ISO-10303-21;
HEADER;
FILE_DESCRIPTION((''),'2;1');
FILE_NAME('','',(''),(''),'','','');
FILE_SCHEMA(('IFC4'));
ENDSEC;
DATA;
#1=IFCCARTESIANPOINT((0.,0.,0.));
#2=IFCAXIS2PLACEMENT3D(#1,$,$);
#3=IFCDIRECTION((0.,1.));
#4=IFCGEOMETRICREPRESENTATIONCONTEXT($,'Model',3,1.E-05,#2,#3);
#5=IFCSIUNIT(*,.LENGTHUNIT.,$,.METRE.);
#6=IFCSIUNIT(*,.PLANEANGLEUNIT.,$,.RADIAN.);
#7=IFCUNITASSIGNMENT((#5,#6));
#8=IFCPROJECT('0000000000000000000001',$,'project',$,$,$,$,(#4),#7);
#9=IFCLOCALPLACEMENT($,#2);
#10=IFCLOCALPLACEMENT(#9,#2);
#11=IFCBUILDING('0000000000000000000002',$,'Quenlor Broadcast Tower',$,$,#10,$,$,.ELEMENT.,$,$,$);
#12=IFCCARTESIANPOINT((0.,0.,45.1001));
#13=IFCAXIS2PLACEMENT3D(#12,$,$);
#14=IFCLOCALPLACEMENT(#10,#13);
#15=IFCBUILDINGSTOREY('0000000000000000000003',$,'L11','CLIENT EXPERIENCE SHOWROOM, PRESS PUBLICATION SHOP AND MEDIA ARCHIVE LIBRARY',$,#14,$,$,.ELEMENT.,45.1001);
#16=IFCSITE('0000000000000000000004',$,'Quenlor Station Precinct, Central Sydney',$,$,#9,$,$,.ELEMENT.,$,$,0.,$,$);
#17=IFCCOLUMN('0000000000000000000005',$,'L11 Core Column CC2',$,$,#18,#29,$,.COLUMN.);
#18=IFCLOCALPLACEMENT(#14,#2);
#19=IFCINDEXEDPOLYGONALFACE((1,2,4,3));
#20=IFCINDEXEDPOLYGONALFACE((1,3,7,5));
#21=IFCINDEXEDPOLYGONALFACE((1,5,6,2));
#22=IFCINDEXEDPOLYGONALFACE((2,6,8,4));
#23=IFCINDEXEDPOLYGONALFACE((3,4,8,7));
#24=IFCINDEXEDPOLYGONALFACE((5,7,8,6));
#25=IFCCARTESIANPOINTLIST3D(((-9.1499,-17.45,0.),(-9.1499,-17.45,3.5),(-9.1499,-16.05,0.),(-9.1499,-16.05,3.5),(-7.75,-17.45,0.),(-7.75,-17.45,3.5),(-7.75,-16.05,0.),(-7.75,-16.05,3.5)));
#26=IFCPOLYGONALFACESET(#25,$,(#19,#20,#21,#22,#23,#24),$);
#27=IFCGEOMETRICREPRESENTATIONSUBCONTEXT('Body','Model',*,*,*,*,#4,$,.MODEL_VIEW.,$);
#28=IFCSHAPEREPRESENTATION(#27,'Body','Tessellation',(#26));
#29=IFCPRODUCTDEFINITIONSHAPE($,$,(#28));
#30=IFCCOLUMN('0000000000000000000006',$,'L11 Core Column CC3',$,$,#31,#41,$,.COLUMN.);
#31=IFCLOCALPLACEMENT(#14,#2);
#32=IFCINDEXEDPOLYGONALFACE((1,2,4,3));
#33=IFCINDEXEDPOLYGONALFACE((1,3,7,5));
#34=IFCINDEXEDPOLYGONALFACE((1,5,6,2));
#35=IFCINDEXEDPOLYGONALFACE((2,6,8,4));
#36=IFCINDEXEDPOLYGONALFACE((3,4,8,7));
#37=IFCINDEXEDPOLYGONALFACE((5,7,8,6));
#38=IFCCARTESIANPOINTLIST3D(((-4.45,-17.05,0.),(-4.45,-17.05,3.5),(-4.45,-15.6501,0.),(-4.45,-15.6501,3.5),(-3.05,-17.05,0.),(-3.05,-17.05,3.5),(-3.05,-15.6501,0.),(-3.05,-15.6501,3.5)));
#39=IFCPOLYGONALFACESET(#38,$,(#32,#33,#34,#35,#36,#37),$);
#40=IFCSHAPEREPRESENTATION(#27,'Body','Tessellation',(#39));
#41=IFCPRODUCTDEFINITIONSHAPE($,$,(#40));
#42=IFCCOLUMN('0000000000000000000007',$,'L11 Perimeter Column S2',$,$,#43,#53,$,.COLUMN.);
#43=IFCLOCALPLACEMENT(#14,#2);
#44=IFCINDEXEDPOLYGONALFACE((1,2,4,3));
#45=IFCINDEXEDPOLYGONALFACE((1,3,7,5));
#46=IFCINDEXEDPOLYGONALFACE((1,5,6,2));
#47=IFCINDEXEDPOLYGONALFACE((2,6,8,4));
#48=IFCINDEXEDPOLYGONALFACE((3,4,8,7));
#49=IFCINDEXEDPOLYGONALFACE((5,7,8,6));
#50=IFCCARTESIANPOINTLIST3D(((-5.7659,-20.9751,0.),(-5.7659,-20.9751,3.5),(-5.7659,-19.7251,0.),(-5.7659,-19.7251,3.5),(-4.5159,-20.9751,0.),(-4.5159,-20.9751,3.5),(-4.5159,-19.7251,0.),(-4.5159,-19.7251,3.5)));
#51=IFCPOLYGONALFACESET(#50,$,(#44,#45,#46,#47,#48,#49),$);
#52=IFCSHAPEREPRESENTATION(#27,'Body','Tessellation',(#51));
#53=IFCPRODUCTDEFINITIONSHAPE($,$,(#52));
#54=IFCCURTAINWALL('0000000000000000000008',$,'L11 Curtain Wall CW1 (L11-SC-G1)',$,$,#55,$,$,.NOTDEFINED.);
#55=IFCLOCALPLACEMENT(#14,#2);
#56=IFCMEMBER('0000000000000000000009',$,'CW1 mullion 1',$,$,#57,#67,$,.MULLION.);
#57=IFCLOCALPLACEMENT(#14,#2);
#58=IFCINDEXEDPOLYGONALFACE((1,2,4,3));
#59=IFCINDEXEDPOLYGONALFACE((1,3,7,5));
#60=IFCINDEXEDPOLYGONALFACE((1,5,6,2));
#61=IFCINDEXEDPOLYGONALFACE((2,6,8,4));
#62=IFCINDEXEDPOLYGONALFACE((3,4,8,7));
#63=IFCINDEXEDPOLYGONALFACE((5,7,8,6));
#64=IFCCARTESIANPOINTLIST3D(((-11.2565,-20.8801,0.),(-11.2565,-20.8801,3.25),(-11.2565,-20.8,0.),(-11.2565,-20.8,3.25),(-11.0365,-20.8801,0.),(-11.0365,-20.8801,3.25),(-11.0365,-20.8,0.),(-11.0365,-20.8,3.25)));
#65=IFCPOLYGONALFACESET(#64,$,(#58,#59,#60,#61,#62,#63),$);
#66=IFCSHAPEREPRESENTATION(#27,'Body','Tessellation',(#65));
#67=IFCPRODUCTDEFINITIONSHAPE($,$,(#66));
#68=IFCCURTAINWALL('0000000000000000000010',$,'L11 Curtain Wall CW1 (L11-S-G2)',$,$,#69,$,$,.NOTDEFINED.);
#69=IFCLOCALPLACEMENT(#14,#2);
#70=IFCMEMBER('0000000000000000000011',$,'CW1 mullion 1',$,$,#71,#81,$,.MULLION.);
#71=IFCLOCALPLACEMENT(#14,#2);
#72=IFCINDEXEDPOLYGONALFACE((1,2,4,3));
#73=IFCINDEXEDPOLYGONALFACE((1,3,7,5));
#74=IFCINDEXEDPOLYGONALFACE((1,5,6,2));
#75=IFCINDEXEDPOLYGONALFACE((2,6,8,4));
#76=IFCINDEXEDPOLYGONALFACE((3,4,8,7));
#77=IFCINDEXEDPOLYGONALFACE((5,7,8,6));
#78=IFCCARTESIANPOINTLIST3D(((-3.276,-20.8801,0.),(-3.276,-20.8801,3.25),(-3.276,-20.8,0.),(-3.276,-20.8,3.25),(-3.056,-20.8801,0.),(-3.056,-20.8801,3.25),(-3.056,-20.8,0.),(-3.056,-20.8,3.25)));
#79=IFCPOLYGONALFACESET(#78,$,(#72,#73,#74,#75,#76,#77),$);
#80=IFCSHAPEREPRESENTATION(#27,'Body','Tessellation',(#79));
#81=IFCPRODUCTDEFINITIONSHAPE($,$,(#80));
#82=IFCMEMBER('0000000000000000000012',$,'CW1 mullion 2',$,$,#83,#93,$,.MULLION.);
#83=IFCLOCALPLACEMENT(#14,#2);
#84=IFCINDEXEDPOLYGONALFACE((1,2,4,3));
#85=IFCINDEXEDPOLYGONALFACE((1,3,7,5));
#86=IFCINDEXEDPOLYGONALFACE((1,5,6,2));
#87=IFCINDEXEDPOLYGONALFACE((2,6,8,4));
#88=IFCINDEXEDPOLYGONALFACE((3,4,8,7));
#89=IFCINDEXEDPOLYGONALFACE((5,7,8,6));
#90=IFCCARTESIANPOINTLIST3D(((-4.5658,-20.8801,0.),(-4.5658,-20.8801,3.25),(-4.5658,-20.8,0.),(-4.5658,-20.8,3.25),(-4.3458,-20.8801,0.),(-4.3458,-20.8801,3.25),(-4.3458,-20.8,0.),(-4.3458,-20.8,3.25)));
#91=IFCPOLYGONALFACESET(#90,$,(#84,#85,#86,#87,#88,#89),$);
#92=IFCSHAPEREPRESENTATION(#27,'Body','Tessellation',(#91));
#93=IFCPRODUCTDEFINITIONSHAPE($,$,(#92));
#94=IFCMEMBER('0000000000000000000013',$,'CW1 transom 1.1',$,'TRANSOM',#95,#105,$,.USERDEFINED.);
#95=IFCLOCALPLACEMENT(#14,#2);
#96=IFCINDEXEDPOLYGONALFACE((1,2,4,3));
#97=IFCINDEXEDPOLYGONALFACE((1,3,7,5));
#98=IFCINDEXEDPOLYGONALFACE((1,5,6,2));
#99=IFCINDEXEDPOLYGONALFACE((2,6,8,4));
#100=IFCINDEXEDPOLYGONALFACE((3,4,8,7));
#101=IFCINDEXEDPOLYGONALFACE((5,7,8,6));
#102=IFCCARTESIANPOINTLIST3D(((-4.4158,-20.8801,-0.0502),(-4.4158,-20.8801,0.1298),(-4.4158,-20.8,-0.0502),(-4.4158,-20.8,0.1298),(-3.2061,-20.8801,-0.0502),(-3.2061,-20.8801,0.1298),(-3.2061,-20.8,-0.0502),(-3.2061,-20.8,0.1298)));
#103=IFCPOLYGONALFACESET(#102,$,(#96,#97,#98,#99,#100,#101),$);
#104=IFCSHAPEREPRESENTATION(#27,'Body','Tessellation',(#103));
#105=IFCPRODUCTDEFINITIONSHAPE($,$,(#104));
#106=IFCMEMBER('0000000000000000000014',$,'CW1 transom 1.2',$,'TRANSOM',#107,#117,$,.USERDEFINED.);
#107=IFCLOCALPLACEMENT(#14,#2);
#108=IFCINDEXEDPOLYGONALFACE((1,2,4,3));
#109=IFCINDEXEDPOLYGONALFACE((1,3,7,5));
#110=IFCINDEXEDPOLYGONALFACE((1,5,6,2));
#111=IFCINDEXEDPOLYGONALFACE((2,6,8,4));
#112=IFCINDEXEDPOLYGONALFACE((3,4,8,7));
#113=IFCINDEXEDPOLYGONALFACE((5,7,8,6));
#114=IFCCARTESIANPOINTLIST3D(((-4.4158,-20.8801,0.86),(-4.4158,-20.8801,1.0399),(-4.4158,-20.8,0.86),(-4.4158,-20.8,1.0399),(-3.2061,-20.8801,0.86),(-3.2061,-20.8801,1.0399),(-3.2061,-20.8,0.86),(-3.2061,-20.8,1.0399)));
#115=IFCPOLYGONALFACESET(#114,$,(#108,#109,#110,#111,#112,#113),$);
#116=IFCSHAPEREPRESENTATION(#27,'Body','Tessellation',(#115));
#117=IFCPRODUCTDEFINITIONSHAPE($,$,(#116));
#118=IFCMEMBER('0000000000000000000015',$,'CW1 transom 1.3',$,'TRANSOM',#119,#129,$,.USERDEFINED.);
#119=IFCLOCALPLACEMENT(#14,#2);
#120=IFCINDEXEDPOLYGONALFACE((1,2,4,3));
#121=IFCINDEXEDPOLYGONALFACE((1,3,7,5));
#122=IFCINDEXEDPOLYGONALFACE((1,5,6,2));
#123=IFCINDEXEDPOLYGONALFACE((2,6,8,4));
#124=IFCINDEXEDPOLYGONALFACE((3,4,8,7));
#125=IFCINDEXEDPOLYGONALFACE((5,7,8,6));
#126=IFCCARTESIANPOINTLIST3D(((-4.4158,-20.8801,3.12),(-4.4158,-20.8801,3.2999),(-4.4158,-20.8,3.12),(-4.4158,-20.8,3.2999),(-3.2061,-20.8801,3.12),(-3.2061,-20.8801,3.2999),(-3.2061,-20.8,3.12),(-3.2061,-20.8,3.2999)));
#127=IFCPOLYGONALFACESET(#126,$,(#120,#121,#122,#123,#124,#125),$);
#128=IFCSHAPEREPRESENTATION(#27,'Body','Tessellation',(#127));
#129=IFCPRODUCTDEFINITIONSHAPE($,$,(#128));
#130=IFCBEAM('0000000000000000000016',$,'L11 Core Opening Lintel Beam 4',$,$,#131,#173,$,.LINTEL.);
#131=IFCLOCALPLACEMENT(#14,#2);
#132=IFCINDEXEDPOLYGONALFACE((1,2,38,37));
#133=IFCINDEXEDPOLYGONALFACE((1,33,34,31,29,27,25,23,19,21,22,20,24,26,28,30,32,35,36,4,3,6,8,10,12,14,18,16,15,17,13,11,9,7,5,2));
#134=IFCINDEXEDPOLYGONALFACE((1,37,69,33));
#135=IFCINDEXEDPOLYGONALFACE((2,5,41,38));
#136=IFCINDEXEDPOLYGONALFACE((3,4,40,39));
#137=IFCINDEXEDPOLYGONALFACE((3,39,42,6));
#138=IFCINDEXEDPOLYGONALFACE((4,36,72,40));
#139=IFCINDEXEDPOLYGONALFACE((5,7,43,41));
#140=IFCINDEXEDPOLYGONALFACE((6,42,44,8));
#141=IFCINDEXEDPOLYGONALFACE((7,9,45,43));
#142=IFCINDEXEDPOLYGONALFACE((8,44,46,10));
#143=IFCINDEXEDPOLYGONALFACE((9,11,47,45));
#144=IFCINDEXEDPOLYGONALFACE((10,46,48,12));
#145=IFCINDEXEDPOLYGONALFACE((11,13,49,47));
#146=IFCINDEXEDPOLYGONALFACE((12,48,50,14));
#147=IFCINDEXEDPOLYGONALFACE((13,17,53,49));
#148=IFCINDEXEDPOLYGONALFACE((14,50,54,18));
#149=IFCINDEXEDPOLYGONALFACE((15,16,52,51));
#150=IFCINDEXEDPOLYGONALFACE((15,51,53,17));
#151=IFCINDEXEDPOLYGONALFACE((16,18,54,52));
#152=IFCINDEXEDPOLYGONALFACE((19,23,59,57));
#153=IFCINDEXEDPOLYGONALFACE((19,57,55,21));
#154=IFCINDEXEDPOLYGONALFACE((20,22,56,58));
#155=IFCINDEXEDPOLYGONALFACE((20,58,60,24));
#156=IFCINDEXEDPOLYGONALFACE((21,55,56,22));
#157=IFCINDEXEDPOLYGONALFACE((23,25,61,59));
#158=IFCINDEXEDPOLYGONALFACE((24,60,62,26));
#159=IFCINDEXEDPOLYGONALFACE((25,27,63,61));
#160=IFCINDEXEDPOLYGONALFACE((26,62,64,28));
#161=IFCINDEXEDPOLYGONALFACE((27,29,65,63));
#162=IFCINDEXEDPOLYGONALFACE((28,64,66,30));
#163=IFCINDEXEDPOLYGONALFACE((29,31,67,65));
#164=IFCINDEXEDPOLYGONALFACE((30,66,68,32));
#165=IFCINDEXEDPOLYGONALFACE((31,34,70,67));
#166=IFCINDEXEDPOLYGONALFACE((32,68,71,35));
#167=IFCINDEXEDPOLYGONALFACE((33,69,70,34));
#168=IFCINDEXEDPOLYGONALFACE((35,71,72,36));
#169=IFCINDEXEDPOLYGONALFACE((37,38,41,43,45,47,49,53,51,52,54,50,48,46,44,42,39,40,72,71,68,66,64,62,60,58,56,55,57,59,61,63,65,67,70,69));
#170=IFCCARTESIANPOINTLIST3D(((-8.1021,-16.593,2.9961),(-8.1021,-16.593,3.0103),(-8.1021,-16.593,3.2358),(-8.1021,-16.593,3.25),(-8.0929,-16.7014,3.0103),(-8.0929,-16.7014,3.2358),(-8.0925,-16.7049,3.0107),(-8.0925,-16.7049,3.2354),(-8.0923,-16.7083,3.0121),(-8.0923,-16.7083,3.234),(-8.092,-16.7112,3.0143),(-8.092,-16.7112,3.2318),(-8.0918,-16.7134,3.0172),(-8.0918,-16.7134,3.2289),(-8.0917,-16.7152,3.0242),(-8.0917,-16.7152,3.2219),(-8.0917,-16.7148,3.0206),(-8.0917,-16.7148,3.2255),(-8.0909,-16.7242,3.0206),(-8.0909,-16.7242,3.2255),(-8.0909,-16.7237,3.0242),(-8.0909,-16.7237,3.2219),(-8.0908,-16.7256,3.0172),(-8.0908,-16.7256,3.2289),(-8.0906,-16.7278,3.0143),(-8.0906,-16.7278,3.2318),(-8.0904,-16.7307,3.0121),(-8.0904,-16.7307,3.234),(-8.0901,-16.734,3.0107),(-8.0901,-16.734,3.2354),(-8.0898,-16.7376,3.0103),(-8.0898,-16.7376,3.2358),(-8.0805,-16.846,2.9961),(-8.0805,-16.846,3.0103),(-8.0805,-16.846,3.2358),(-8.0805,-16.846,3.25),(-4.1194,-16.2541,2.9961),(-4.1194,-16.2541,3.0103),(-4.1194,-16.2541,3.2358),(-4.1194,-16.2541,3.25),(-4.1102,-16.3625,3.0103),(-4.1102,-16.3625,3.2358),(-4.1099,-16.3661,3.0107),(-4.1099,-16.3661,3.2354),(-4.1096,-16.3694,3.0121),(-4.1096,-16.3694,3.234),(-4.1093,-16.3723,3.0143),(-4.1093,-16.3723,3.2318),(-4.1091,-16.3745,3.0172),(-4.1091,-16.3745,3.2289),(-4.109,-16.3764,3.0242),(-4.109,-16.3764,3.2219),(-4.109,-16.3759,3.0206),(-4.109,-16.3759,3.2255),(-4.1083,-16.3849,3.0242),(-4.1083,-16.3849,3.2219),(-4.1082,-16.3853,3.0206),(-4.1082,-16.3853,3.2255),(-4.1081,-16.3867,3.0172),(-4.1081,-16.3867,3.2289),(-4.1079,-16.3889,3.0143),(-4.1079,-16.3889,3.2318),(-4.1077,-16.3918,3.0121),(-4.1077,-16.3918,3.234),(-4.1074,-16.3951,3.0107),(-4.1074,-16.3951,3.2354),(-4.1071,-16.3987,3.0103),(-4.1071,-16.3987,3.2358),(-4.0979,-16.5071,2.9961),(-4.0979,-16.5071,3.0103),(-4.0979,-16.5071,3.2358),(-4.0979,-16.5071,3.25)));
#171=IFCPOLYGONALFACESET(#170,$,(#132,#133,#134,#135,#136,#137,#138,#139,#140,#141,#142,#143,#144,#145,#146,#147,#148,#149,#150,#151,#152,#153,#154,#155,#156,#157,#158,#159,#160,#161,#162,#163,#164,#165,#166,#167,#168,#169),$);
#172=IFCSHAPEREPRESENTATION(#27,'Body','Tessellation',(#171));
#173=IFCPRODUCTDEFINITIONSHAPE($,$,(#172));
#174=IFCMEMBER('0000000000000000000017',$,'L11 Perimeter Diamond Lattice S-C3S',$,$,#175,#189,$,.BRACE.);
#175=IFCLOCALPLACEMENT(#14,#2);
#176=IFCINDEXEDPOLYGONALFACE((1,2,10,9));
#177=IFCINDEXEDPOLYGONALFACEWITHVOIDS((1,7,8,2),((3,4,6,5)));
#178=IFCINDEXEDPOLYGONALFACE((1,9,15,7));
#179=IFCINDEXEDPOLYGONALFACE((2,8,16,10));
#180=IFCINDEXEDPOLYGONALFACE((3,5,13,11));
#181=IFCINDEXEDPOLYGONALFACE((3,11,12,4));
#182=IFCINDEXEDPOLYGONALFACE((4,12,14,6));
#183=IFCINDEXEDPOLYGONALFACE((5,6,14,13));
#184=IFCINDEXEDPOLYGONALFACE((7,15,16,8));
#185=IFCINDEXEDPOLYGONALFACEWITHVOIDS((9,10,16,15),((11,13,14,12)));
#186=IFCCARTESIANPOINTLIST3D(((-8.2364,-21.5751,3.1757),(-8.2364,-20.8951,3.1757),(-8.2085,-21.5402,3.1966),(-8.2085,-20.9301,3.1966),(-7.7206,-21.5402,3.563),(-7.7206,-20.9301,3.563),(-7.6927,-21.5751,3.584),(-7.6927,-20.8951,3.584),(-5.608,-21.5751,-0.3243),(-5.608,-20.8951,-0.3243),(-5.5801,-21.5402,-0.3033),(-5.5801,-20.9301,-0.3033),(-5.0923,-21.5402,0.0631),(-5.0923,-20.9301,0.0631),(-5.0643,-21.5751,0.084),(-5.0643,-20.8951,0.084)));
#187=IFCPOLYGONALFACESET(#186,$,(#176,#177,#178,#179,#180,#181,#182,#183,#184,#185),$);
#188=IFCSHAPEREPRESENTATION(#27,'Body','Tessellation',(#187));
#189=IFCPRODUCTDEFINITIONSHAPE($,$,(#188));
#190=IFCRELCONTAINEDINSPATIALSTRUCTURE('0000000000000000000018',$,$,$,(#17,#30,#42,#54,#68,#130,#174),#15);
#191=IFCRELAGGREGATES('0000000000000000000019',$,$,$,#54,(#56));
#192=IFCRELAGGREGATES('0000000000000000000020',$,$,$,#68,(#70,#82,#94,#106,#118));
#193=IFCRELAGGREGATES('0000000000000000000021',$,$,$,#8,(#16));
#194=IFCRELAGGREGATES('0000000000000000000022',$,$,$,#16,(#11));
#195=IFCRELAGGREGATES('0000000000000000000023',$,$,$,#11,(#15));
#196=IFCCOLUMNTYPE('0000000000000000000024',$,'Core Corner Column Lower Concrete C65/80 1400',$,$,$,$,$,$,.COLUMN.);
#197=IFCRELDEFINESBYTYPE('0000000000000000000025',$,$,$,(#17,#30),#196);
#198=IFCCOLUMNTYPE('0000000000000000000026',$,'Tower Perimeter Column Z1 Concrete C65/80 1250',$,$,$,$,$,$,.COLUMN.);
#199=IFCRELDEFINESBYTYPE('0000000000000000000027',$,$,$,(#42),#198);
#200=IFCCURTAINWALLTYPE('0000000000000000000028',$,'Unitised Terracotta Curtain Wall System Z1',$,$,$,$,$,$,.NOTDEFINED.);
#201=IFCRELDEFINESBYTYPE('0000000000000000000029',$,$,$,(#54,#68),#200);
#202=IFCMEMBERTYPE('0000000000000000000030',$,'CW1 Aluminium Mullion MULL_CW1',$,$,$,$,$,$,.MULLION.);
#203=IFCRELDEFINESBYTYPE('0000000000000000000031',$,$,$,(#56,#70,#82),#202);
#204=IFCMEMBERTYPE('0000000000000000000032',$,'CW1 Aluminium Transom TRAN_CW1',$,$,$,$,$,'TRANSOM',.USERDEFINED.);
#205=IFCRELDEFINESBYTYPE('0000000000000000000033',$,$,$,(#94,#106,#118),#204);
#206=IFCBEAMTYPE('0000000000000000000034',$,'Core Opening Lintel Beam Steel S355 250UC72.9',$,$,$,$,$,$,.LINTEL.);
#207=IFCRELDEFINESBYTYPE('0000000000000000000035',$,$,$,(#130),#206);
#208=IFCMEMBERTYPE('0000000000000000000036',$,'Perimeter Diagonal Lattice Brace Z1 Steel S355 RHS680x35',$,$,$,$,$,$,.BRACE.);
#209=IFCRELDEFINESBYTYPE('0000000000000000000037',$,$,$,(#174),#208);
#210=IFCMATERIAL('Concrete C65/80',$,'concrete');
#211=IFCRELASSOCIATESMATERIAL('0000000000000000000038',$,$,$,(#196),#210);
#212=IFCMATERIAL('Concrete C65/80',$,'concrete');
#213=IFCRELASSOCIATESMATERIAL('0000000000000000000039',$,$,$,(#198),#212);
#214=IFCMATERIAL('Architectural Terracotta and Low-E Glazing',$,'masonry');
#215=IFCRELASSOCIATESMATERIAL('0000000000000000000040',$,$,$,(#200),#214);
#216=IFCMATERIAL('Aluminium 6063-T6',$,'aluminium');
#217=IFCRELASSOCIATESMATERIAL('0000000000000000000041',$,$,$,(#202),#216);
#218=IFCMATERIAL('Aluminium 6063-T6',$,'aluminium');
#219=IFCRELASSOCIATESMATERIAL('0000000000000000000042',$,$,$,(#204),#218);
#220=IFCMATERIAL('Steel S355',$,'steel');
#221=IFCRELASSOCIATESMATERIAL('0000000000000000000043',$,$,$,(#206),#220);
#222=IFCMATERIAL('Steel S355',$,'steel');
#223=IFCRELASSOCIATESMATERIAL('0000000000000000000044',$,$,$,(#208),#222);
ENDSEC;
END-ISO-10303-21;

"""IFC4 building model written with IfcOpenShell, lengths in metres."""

from ifc_helpers import new_model, si_unit, direction, frame, origin, origin_2d, place, context, subcontext, project, spatial, rectangle, hollow_rectangle, i_section, extrude, material, material_profile, profile_set, type_object, element, aggregate, save


model = new_model("IFC4")

# Units and contexts
model_context = context("Model", 3, precision=1e-05, world=origin(), true_north=direction((0.0, 1.0)))
body_context = subcontext(model_context, "Body", "Model", "MODEL_VIEW")
ifc_project = project(units=[si_unit("LENGTHUNIT", "METRE"), si_unit("PLANEANGLEUNIT", "RADIAN")], contexts=[model_context])

# Site, building, storey
site_placement = place(None, origin())
site = spatial("IfcSite", under=ifc_project, at=site_placement, Name="Quenlor Station Precinct, Central Sydney", CompositionType="ELEMENT", RefElevation=0.0)
building_placement = place(site_placement, origin())
building = spatial("IfcBuilding", under=site, at=building_placement, Name="Quenlor Broadcast Tower", CompositionType="ELEMENT")
storey_placement = place(building_placement, frame((0.0, 0.0, 45.1001)))
storey = spatial("IfcBuildingStorey", under=building, at=storey_placement, Name="L11", Description="CLIENT EXPERIENCE SHOWROOM, PRESS PUBLICATION SHOP AND MEDIA ARCHIVE LIBRARY", CompositionType="ELEMENT", Elevation=45.1001)

# Columns
ifc_material_1 = material(Name="Concrete C65/80", Category="concrete")
ifc_material_profile_1 = material_profile(ifc_material_1, rectangle(XDim=1.3999, YDim=1.3999, at=origin_2d()))
ifc_profile_set_1 = profile_set([ifc_material_profile_1], Name="Concrete C65/80 RC1400x1400")
column_type_1 = type_object("IfcColumnType", Name="Core Corner Column Lower Concrete C65/80 1400", PredefinedType="COLUMN", material=ifc_profile_set_1)
for number, where, z_axis, x_axis, name in (
    (1, (-8.45, -16.75, 0.0), (0.0, 0.0, 1.0), (1.0, 0.0, 0.0), "L11 Core Column CC2"),
    (2, (-3.75, -16.3501, 0.0), (0.0, 0.0, 1.0), (1.0, 0.0, 0.0), "L11 Core Column CC3"),
):
    element("IfcColumn", number, at=place(storey_placement, frame(where, z_axis=z_axis, x_axis=x_axis)), inside=storey, type_object=column_type_1, Name=name, PredefinedType="COLUMN", context=body_context, shape_type="SweptSolid", body=[
        extrude(rectangle(XDim=1.3999, YDim=1.3999, at=origin_2d()), origin(), (0.0, 0.0, 1.0), 3.5),
    ])
ifc_material_2 = material(Name="Concrete C65/80", Category="concrete")
ifc_material_profile_2 = material_profile(ifc_material_2, rectangle(XDim=1.25, YDim=1.25, at=origin_2d()))
ifc_profile_set_2 = profile_set([ifc_material_profile_2], Name="Concrete C65/80 RC1250x1250")
column_type_2 = type_object("IfcColumnType", Name="Tower Perimeter Column Z1 Concrete C65/80 1250", PredefinedType="COLUMN", material=ifc_profile_set_2)
column_placement = place(storey_placement, frame((-5.1409, -20.3501, 0.0), z_axis=(0.0, 0.0, 1.0), x_axis=(0.0, 1.0, 0.0)))
element("IfcColumn", 3, at=column_placement, inside=storey, type_object=column_type_2, Name="L11 Perimeter Column S2", PredefinedType="COLUMN", context=body_context, shape_type="SweptSolid", body=[
    extrude(rectangle(XDim=1.25, YDim=1.25, at=origin_2d()), origin(), (0.0, 0.0, 1.0), 3.5),
])

# Curtain wall, member
ifc_material_3 = material(Name="Architectural Terracotta and Low-E Glazing", Category="masonry")
curtain_wall_type = type_object("IfcCurtainWallType", Name="Unitised Terracotta Curtain Wall System Z1", PredefinedType="NOTDEFINED", material=ifc_material_3)
curtain_wall_1_placement = place(storey_placement, origin())
curtain_wall_1 = element("IfcCurtainWall", 4, at=curtain_wall_1_placement, inside=storey, type_object=curtain_wall_type, Name="L11 Curtain Wall CW1 (L11-SC-G1)", PredefinedType="NOTDEFINED")
ifc_material_4 = material(Name="Aluminium 6063-T6", Category="aluminium")
ifc_material_profile_3 = material_profile(ifc_material_4, rectangle(XDim=0.0801, YDim=0.22, at=origin_2d()))
ifc_profile_set_3 = profile_set([ifc_material_profile_3], Name="Aluminium 6063-T6 MULL80x220")
member_type_1 = type_object("IfcMemberType", Name="CW1 Aluminium Mullion MULL_CW1", PredefinedType="MULLION", material=ifc_profile_set_3)
member_1_placement = place(storey_placement, frame((-11.1465, -20.8401, 0.0), z_axis=(0.0, 0.0, 1.0), x_axis=(0.0, -1.0, 0.0)))
member_1 = element("IfcMember", 5, at=member_1_placement, type_object=member_type_1, Name="CW1 mullion 1", PredefinedType="MULLION", context=body_context, shape_type="SweptSolid", body=[
    extrude(rectangle(XDim=0.0801, YDim=0.22, at=origin_2d()), origin(), (0.0, 0.0, 1.0), 3.25),
])
aggregate(curtain_wall_1, [member_1])

# Curtain wall, members
curtain_wall_2_placement = place(storey_placement, origin())
curtain_wall_2 = element("IfcCurtainWall", 6, at=curtain_wall_2_placement, inside=storey, type_object=curtain_wall_type, Name="L11 Curtain Wall CW1 (L11-S-G2)", PredefinedType="NOTDEFINED")
member_2_placement = place(storey_placement, frame((-3.166, -20.8401, 0.0), z_axis=(0.0, 0.0, 1.0), x_axis=(0.0, -1.0, 0.0)))
member_2 = element("IfcMember", 7, at=member_2_placement, type_object=member_type_1, Name="CW1 mullion 1", PredefinedType="MULLION", context=body_context, shape_type="SweptSolid", body=[
    extrude(rectangle(XDim=0.0801, YDim=0.22, at=origin_2d()), origin(), (0.0, 0.0, 1.0), 3.25),
])
member_3_placement = place(storey_placement, frame((-4.4558, -20.8401, 0.0), z_axis=(0.0, 0.0, 1.0), x_axis=(0.0, -1.0, 0.0)))
member_3 = element("IfcMember", 8, at=member_3_placement, type_object=member_type_1, Name="CW1 mullion 2", PredefinedType="MULLION", context=body_context, shape_type="SweptSolid", body=[
    extrude(rectangle(XDim=0.0801, YDim=0.22, at=origin_2d()), origin(), (0.0, 0.0, 1.0), 3.25),
])
ifc_material_5 = material(Name="Aluminium 6063-T6", Category="aluminium")
ifc_material_profile_4 = material_profile(ifc_material_5, rectangle(XDim=0.0801, YDim=0.1799, at=origin_2d()))
ifc_profile_set_4 = profile_set([ifc_material_profile_4], Name="Aluminium 6063-T6 TRAN80x180")
member_type_2 = type_object("IfcMemberType", Name="CW1 Aluminium Transom TRAN_CW1", ElementType="TRANSOM", PredefinedType="USERDEFINED", material=ifc_profile_set_4)
member_4_placement = place(storey_placement, frame((-3.2061, -20.8401, 0.0398), z_axis=(-1.0, 0.0, 0.0), x_axis=(0.0, -1.0, 0.0)))
member_4 = element("IfcMember", 9, at=member_4_placement, type_object=member_type_2, Name="CW1 transom 1.1", ObjectType="TRANSOM", PredefinedType="USERDEFINED", context=body_context, shape_type="SweptSolid", body=[
    extrude(rectangle(XDim=0.0801, YDim=0.1799, at=origin_2d()), origin(), (0.0, 0.0, 1.0), 1.2097),
])
member_5_placement = place(storey_placement, frame((-3.2061, -20.8401, 0.95), z_axis=(-1.0, 0.0, 0.0), x_axis=(0.0, -1.0, 0.0)))
member_5 = element("IfcMember", 10, at=member_5_placement, type_object=member_type_2, Name="CW1 transom 1.2", ObjectType="TRANSOM", PredefinedType="USERDEFINED", context=body_context, shape_type="SweptSolid", body=[
    extrude(rectangle(XDim=0.0801, YDim=0.1799, at=origin_2d()), origin(), (0.0, 0.0, 1.0), 1.2097),
])
member_6_placement = place(storey_placement, frame((-3.2061, -20.8401, 3.21), z_axis=(-1.0, 0.0, 0.0), x_axis=(0.0, -1.0, 0.0)))
member_6 = element("IfcMember", 11, at=member_6_placement, type_object=member_type_2, Name="CW1 transom 1.3", ObjectType="TRANSOM", PredefinedType="USERDEFINED", context=body_context, shape_type="SweptSolid", body=[
    extrude(rectangle(XDim=0.0801, YDim=0.1799, at=origin_2d()), origin(), (0.0, 0.0, 1.0), 1.2097),
])

# Beam
ifc_material_6 = material(Name="Steel S355", Category="steel")
ifc_material_profile_5 = material_profile(ifc_material_6, i_section(OverallWidth=0.2539, OverallDepth=0.2539, WebThickness=0.0085, FlangeThickness=0.0142, FilletRadius=0.0139, at=origin_2d()))
ifc_profile_set_5 = profile_set([ifc_material_profile_5], Name="Steel S355 250UC72.9")
beam_type_1 = type_object("IfcBeamType", Name="Core Opening Lintel Beam Steel S355 250UC72.9", PredefinedType="LINTEL", material=ifc_profile_set_5)
beam_1_placement = place(storey_placement, frame((-8.0913, -16.7195, 3.123), z_axis=(0.9964, 0.084779, 0.0), x_axis=(-0.084779, 0.9964, 0.0)))
element("IfcBeam", 12, at=beam_1_placement, inside=storey, type_object=beam_type_1, Name="L11 Core Opening Lintel Beam 4", PredefinedType="LINTEL", context=body_context, shape_type="SweptSolid", body=[
    extrude(i_section(OverallWidth=0.2539, OverallDepth=0.2539, WebThickness=0.0085, FlangeThickness=0.0142, FilletRadius=0.0139, at=origin_2d()), origin(), (0.0, 0.0, 1.0), 3.9971),
])

# Member
ifc_material_7 = material(Name="Steel S355", Category="steel")
ifc_material_profile_6 = material_profile(ifc_material_7, hollow_rectangle(XDim=0.6799, YDim=0.6799, WallThickness=0.0349, at=origin_2d()))
ifc_profile_set_6 = profile_set([ifc_material_profile_6], Name="Steel S355 RHS680x680x35")
member_type_3 = type_object("IfcMemberType", Name="Perimeter Diagonal Lattice Brace Z1 Steel S355 RHS680x35", PredefinedType="BRACE", material=ifc_profile_set_6)
for number, where, z_axis, x_axis, name in (
    (13, (-5.3362, -21.2351, -0.1201), (-0.6005, 0.0, 0.799625), (0.0, -1.0, 0.0), "L11 Perimeter Diamond Lattice S-C3S"),
):
    element("IfcMember", number, at=place(storey_placement, frame(where, z_axis=z_axis, x_axis=x_axis)), inside=storey, type_object=member_type_3, Name=name, PredefinedType="BRACE", context=body_context, shape_type="SweptSolid", body=[
        extrude(hollow_rectangle(XDim=0.6799, YDim=0.6799, WallThickness=0.0349, at=origin_2d()), origin(), (0.0, 0.0, 1.0), 4.377),
    ])

aggregate(curtain_wall_2, [member_2, member_3, member_4, member_5, member_6])

save(model, "model.ifc")
